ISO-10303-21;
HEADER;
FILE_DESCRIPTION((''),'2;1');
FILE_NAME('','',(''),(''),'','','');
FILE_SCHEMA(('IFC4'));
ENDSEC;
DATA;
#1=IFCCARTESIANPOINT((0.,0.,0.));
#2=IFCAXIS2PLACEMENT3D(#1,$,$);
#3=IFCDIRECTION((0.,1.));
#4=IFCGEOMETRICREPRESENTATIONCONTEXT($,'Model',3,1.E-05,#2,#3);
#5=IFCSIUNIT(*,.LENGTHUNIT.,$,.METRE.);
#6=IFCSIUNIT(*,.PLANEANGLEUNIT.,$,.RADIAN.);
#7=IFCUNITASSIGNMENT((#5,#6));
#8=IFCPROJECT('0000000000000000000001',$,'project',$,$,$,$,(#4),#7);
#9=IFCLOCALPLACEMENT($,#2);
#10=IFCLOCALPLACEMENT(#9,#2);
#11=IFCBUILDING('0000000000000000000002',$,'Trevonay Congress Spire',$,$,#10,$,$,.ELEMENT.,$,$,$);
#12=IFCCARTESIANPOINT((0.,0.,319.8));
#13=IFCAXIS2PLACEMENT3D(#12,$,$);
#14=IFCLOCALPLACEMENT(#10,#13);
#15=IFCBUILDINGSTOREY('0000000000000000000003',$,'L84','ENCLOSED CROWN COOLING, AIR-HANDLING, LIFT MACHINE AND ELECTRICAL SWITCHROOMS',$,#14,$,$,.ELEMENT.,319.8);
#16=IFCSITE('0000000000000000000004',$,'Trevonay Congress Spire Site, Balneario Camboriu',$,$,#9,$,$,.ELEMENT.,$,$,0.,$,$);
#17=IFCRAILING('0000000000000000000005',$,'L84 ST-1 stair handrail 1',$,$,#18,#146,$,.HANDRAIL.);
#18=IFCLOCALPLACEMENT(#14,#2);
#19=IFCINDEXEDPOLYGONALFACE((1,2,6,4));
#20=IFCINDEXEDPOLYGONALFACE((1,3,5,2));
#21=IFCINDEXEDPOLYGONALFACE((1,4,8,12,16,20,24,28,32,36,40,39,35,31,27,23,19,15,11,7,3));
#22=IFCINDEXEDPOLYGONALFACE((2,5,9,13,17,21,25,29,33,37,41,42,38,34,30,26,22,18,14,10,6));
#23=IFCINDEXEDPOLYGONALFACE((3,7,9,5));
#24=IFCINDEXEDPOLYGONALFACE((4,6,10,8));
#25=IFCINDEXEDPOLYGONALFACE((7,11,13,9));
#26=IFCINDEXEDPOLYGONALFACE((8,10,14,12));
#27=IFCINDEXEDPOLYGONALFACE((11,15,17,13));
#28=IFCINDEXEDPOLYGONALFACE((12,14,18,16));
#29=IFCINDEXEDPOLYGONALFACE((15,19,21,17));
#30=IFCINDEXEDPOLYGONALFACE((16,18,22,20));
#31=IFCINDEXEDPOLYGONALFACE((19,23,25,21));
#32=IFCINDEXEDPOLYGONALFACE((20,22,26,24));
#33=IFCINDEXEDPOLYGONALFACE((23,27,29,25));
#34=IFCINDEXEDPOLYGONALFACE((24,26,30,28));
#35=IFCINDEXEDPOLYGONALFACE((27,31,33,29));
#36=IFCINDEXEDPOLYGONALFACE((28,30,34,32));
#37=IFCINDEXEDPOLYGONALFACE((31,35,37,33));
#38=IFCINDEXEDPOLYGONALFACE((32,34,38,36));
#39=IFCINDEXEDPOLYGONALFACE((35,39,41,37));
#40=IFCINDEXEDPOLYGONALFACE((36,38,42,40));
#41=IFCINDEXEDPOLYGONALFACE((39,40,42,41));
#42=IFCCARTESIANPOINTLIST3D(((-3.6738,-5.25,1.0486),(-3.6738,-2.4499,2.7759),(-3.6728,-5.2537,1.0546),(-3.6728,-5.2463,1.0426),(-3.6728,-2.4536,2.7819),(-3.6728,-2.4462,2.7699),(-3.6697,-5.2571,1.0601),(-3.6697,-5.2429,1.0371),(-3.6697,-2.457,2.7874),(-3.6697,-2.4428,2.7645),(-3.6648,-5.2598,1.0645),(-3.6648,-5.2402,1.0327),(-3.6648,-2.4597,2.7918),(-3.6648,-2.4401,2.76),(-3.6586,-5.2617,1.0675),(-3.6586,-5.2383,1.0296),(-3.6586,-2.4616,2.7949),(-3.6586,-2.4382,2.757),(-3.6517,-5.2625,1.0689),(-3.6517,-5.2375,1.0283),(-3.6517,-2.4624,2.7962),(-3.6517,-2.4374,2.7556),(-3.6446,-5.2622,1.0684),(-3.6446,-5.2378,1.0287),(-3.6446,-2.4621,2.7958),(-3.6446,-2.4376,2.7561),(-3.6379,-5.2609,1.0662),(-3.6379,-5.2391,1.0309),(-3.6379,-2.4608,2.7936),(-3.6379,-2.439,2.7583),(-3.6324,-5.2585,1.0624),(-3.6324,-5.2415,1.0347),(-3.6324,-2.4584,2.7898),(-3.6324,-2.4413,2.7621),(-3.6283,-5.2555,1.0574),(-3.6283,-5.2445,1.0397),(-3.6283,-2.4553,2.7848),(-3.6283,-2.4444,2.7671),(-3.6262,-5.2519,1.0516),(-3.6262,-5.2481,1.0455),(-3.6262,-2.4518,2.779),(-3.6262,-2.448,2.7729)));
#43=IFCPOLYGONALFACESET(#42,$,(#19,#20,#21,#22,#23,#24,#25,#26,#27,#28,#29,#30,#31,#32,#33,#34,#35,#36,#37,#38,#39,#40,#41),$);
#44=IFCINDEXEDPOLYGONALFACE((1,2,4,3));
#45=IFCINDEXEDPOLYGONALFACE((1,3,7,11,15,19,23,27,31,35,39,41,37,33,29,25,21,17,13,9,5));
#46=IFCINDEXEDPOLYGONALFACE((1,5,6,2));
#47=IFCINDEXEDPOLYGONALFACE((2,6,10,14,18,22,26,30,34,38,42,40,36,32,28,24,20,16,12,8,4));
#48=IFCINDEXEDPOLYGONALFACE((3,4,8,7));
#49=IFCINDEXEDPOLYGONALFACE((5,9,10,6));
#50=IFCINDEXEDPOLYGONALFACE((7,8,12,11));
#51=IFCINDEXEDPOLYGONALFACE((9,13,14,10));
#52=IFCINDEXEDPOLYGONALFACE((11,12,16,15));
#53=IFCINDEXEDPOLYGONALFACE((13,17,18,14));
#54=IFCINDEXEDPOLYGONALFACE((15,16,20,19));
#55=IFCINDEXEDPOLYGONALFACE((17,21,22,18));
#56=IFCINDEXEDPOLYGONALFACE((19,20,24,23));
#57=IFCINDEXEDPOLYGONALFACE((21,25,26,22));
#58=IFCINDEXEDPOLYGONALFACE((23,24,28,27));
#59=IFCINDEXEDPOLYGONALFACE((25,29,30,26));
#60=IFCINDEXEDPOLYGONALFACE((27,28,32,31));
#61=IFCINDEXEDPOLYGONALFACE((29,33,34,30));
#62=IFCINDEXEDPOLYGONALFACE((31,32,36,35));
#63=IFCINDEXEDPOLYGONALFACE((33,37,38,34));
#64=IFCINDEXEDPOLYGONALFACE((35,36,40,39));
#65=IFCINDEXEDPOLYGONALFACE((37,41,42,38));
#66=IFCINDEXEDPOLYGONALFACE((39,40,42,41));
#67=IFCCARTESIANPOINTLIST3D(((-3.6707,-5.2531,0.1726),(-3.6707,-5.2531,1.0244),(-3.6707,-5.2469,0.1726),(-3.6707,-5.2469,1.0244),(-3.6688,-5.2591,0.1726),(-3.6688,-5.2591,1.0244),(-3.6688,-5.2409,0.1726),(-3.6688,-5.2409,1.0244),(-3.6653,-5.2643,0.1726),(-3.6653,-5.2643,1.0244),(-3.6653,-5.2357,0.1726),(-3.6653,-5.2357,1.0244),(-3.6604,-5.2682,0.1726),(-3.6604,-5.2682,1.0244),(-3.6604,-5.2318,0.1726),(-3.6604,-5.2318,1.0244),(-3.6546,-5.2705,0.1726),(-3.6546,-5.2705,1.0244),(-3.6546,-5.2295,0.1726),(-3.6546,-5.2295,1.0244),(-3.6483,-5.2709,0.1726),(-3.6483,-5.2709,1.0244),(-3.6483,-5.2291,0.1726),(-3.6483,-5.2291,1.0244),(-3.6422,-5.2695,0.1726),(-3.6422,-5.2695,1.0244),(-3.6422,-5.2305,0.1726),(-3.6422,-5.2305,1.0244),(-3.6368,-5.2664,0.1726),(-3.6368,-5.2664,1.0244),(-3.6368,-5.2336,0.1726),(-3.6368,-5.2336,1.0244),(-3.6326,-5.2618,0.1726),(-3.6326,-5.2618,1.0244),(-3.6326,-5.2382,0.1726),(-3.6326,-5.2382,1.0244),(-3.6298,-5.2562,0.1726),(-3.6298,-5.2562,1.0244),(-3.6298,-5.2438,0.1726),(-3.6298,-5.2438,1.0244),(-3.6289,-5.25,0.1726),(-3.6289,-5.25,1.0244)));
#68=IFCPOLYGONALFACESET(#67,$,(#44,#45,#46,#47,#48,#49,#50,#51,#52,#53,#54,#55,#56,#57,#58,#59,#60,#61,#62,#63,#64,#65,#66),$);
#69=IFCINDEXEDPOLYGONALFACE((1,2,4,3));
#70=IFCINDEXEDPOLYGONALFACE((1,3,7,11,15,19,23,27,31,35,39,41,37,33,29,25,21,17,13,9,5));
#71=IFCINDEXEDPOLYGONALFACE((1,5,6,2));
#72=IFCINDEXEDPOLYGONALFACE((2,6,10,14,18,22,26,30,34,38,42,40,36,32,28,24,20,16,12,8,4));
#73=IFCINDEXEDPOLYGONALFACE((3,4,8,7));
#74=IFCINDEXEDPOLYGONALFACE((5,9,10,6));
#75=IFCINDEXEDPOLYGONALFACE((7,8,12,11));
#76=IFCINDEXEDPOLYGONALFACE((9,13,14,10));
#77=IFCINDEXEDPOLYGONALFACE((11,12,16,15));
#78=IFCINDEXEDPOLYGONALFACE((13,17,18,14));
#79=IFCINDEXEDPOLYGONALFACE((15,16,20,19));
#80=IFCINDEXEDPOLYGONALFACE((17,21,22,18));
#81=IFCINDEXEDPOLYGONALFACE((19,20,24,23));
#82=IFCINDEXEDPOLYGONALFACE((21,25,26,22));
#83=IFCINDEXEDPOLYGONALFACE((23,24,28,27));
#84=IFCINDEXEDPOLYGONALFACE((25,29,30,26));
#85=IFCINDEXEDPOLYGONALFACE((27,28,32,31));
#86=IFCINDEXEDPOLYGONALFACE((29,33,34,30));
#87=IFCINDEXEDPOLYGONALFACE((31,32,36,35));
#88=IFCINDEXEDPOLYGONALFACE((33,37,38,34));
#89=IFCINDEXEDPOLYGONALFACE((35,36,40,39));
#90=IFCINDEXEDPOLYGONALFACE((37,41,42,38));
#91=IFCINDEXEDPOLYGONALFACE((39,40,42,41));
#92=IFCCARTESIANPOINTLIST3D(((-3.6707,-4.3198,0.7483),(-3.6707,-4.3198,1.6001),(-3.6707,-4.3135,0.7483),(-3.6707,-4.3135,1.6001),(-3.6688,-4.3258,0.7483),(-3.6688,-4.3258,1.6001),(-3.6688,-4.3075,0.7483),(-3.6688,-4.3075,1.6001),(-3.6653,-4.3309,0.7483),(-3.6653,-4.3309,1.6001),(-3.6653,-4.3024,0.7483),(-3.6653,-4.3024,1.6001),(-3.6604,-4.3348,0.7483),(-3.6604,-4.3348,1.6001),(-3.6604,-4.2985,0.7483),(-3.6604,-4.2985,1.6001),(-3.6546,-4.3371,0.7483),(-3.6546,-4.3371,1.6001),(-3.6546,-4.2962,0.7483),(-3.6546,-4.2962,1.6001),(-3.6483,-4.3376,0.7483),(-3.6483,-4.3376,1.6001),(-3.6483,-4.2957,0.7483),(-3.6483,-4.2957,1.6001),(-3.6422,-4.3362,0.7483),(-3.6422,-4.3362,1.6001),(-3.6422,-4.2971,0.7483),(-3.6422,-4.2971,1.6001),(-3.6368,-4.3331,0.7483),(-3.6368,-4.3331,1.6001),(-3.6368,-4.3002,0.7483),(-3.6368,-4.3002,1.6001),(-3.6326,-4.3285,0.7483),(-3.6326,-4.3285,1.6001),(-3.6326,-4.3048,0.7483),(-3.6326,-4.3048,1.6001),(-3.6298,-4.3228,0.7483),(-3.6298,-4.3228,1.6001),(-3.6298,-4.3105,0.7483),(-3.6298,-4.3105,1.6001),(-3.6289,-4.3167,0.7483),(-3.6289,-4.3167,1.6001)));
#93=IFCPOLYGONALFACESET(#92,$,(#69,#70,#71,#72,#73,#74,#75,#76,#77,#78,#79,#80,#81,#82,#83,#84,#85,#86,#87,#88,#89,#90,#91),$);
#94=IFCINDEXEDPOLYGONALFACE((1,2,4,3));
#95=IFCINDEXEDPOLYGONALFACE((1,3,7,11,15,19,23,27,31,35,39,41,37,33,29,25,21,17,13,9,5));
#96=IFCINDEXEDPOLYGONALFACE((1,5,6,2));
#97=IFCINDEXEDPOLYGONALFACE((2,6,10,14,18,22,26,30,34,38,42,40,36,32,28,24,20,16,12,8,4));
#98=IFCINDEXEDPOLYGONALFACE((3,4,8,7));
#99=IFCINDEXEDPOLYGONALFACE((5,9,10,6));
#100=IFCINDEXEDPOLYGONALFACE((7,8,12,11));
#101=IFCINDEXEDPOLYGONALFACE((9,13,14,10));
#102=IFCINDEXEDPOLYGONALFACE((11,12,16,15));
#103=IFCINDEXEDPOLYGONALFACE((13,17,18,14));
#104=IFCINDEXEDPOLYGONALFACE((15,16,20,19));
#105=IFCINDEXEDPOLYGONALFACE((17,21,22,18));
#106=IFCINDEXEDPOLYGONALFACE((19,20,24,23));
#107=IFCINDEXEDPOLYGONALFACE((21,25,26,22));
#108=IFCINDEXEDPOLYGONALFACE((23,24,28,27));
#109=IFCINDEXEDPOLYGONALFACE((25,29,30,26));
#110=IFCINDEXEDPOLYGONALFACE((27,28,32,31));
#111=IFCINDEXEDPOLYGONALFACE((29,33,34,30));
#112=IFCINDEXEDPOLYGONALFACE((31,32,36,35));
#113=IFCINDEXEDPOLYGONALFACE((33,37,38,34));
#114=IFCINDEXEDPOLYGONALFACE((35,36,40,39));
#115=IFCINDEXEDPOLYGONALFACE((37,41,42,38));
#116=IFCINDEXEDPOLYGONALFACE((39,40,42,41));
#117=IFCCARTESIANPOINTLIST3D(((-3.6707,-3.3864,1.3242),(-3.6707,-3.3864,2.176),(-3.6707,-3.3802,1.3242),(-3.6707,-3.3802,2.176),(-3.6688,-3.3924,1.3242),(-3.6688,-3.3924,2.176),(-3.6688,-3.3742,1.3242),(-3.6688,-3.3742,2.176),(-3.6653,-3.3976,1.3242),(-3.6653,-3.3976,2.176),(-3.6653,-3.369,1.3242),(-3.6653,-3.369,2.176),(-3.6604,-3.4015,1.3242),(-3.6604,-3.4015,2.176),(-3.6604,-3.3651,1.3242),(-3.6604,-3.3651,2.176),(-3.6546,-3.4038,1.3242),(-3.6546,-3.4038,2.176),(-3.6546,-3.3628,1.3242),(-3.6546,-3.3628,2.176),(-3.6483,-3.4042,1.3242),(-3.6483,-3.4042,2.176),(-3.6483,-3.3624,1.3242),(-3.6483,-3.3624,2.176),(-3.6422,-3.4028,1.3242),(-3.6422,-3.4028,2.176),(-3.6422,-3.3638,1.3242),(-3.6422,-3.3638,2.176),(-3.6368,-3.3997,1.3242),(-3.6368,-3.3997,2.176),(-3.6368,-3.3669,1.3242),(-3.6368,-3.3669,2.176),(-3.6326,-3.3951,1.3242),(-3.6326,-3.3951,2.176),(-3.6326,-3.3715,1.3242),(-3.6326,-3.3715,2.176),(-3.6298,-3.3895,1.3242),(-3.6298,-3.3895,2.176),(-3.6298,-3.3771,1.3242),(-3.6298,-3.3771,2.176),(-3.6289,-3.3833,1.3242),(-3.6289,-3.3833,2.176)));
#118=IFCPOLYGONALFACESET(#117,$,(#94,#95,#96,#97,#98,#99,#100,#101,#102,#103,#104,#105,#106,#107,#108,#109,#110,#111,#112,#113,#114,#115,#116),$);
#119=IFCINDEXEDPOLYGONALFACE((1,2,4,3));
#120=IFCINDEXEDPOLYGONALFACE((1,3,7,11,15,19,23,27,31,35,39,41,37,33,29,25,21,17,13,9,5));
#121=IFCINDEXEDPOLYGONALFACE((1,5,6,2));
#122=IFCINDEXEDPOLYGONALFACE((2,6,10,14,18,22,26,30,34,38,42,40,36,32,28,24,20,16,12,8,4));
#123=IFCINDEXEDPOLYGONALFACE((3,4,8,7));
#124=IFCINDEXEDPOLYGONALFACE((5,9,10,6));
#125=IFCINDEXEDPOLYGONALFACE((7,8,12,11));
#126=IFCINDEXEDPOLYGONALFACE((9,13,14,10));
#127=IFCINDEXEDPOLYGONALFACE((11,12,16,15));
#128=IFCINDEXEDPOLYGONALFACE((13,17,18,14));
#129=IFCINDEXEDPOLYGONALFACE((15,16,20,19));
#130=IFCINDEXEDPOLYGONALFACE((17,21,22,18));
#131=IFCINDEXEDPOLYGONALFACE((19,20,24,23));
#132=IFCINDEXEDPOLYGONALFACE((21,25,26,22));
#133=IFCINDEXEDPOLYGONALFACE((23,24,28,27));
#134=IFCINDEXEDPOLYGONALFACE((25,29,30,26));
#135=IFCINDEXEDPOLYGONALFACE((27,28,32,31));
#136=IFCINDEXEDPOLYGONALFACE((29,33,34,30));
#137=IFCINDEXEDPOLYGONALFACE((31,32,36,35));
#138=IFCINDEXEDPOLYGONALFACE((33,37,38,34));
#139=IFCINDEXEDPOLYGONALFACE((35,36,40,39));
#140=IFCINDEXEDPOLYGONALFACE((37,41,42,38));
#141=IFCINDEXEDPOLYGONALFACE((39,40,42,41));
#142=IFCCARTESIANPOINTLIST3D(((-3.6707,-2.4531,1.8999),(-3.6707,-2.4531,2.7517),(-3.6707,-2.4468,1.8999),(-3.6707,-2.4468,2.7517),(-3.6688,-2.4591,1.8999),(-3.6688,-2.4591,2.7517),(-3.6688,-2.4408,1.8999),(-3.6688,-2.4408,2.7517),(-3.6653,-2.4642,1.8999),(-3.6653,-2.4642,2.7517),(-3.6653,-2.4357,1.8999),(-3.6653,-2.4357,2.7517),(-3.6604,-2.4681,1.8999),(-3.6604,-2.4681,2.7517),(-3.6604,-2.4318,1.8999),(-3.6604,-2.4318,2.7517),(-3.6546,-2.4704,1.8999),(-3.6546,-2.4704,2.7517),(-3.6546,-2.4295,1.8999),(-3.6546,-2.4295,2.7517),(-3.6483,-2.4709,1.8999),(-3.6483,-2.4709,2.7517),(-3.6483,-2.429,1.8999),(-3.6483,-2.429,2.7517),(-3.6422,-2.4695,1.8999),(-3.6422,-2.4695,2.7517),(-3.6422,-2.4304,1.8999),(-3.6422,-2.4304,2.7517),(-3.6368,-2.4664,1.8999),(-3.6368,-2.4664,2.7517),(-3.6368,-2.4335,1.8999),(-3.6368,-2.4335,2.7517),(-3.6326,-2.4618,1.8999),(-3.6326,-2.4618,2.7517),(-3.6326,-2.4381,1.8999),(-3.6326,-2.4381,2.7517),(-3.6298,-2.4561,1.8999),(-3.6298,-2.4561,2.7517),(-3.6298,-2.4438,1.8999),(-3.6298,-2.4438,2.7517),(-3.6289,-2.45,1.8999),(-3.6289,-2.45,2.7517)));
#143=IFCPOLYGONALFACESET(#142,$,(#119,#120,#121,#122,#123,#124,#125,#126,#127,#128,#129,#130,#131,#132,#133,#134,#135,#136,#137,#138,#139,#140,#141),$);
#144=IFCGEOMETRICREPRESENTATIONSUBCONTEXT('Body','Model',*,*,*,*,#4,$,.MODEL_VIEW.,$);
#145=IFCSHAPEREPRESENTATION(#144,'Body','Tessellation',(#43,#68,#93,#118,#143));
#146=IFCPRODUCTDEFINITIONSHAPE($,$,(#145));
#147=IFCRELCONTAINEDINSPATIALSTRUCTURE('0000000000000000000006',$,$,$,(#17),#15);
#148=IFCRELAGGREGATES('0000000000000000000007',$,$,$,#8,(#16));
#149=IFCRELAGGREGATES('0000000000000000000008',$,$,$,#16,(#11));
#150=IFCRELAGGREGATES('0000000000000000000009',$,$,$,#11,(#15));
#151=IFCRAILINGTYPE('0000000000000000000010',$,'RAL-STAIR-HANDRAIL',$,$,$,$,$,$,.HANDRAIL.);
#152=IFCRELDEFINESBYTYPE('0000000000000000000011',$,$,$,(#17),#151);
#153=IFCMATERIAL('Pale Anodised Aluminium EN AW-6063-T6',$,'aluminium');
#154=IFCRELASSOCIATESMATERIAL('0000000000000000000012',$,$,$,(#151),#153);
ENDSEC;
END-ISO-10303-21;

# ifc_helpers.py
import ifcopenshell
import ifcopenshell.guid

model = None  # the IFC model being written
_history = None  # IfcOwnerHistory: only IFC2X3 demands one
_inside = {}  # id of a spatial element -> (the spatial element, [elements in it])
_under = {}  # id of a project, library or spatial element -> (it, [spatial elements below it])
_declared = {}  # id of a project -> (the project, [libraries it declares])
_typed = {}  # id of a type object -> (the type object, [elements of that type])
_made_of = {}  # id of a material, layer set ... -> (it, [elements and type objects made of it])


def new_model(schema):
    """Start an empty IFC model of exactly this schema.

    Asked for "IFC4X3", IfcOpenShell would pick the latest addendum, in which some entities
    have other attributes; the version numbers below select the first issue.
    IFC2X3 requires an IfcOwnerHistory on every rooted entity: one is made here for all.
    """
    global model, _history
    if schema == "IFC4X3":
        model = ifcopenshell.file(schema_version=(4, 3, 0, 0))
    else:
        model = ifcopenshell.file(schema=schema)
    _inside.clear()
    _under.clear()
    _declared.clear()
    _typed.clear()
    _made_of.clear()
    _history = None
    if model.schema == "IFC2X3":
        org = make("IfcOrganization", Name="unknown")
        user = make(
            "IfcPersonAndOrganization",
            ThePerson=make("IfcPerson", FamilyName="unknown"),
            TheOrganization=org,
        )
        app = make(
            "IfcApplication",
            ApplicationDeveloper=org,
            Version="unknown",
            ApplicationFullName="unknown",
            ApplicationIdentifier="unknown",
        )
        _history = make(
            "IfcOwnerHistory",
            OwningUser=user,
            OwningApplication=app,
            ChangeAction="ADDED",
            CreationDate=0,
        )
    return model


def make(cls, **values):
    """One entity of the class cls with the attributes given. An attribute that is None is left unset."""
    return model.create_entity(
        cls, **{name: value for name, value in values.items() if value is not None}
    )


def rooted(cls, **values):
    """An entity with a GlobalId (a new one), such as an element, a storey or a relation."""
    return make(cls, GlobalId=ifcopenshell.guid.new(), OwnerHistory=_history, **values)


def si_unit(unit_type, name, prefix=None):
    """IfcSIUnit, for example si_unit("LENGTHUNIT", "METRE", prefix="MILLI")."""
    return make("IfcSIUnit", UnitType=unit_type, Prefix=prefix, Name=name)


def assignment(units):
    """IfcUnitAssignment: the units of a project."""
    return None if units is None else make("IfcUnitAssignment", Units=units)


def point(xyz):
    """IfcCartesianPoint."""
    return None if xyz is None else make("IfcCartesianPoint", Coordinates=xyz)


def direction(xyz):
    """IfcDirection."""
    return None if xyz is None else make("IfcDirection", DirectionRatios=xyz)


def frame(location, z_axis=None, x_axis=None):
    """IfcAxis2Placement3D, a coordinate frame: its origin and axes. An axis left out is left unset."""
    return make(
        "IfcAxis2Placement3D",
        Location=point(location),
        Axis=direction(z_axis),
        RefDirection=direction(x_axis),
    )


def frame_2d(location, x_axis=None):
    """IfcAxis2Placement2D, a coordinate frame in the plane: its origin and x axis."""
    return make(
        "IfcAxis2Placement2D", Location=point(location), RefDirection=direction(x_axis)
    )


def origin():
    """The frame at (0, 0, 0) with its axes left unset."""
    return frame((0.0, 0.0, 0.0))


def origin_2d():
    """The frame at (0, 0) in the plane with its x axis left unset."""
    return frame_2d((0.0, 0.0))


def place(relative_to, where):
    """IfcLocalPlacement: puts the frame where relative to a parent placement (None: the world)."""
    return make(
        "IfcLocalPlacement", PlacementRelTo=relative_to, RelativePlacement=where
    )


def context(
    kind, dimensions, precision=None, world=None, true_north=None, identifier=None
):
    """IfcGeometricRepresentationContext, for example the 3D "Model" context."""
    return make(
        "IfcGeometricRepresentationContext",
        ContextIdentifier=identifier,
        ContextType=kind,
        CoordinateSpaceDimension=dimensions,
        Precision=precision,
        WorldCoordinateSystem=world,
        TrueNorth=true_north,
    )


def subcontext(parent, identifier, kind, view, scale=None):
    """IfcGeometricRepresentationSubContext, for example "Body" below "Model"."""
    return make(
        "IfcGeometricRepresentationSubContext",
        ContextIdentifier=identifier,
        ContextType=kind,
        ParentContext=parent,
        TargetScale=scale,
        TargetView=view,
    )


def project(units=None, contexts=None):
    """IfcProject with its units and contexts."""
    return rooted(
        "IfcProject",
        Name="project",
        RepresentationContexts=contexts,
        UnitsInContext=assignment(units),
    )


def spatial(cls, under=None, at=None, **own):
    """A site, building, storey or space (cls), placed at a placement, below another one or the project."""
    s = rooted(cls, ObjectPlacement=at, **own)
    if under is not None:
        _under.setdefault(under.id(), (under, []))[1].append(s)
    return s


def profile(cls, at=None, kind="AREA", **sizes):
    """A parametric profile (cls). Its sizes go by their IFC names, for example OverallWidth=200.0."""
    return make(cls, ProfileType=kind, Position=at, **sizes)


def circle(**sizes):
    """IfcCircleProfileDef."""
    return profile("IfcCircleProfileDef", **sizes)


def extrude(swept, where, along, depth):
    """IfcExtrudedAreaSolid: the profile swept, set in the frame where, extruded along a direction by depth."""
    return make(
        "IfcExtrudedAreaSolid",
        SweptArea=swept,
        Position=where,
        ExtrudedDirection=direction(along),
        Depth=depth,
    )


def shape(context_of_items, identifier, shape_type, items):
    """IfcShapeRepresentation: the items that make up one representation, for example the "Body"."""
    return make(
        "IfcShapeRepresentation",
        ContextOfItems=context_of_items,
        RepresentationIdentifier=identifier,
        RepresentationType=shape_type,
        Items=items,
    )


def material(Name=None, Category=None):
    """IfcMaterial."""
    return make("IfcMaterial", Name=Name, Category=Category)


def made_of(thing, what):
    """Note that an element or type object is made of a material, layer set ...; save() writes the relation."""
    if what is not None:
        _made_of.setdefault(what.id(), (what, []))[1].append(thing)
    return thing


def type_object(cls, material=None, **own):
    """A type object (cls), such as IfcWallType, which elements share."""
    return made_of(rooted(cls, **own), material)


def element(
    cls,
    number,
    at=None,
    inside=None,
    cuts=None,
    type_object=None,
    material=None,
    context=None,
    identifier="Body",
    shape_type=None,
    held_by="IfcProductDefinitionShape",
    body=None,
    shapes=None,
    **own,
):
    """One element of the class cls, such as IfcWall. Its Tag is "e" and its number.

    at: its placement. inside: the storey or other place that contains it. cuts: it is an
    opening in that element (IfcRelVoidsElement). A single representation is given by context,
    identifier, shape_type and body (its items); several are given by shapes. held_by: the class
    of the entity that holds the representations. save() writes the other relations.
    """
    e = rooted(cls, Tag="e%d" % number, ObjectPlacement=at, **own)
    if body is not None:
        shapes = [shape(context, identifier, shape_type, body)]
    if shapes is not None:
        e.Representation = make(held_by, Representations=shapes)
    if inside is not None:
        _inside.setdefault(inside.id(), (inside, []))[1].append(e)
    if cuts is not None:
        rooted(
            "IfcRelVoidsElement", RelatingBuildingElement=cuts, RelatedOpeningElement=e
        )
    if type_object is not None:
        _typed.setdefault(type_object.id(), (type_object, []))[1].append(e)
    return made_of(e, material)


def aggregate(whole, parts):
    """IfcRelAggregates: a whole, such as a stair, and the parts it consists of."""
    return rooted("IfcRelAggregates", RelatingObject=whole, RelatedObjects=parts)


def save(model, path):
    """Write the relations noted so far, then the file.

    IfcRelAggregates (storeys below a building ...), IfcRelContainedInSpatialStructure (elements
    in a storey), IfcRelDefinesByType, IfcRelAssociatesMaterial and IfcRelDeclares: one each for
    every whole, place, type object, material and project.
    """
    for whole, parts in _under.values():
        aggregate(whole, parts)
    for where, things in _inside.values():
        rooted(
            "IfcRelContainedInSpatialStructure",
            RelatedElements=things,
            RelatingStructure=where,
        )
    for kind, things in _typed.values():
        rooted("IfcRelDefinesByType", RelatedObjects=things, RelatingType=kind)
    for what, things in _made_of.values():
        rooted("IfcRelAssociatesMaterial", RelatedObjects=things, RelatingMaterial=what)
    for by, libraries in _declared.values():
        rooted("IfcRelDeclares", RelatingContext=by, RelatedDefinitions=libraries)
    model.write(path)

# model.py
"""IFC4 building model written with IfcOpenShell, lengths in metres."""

from ifc_helpers import new_model, si_unit, direction, frame, origin, origin_2d, place, context, subcontext, project, spatial, circle, extrude, material, type_object, element, save


model = new_model("IFC4")

# Units and contexts
model_context = context("Model", 3, precision=1e-05, world=origin(), true_north=direction((0.0, 1.0)))
body_context = subcontext(model_context, "Body", "Model", "MODEL_VIEW")
ifc_project = project(units=[si_unit("LENGTHUNIT", "METRE"), si_unit("PLANEANGLEUNIT", "RADIAN")], contexts=[model_context])

# Site, building, storey
site_placement = place(None, origin())
site = spatial("IfcSite", under=ifc_project, at=site_placement, Name="Trevonay Congress Spire Site, Balneario Camboriu", CompositionType="ELEMENT", RefElevation=0.0)
building_placement = place(site_placement, origin())
building = spatial("IfcBuilding", under=site, at=building_placement, Name="Trevonay Congress Spire", CompositionType="ELEMENT")
storey_placement = place(building_placement, frame((0.0, 0.0, 319.8)))
storey = spatial("IfcBuildingStorey", under=building, at=storey_placement, Name="L84", Description="ENCLOSED CROWN COOLING, AIR-HANDLING, LIFT MACHINE AND ELECTRICAL SWITCHROOMS", CompositionType="ELEMENT", Elevation=319.8)

# Railing
ifc_material_1 = material(Name="Pale Anodised Aluminium EN AW-6063-T6", Category="aluminium")
railing_type_1 = type_object("IfcRailingType", Name="RAL-STAIR-HANDRAIL", PredefinedType="HANDRAIL", material=ifc_material_1)
railing_1_placement = place(storey_placement, frame((-3.6499, -5.25, 0.1726)))
element("IfcRailing", 1, at=railing_1_placement, inside=storey, type_object=railing_type_1, Name="L84 ST-1 stair handrail 1", PredefinedType="HANDRAIL", context=body_context, shape_type="SweptSolid", body=[
    extrude(circle(Radius=0.0239, at=origin_2d()), frame((0.0, 0.0, 0.876), z_axis=(0.0, 0.85109, 0.52502), x_axis=(-1.0, 0.0, 0.0)), (0.0, 0.0, 1.0), 3.29),
    extrude(circle(Radius=0.021, at=origin_2d()), origin(), (0.0, 0.0, 1.0), 0.8518),
    extrude(circle(Radius=0.021, at=origin_2d()), frame((0.0, 0.9333, 0.5757)), (0.0, 0.0, 1.0), 0.8518),
    extrude(circle(Radius=0.021, at=origin_2d()), frame((0.0, 1.8667, 1.1516)), (0.0, 0.0, 1.0), 0.8518),
    extrude(circle(Radius=0.021, at=origin_2d()), frame((0.0, 2.8, 1.7273)), (0.0, 0.0, 1.0), 0.8518),
])

save(model, "model.ifc")
